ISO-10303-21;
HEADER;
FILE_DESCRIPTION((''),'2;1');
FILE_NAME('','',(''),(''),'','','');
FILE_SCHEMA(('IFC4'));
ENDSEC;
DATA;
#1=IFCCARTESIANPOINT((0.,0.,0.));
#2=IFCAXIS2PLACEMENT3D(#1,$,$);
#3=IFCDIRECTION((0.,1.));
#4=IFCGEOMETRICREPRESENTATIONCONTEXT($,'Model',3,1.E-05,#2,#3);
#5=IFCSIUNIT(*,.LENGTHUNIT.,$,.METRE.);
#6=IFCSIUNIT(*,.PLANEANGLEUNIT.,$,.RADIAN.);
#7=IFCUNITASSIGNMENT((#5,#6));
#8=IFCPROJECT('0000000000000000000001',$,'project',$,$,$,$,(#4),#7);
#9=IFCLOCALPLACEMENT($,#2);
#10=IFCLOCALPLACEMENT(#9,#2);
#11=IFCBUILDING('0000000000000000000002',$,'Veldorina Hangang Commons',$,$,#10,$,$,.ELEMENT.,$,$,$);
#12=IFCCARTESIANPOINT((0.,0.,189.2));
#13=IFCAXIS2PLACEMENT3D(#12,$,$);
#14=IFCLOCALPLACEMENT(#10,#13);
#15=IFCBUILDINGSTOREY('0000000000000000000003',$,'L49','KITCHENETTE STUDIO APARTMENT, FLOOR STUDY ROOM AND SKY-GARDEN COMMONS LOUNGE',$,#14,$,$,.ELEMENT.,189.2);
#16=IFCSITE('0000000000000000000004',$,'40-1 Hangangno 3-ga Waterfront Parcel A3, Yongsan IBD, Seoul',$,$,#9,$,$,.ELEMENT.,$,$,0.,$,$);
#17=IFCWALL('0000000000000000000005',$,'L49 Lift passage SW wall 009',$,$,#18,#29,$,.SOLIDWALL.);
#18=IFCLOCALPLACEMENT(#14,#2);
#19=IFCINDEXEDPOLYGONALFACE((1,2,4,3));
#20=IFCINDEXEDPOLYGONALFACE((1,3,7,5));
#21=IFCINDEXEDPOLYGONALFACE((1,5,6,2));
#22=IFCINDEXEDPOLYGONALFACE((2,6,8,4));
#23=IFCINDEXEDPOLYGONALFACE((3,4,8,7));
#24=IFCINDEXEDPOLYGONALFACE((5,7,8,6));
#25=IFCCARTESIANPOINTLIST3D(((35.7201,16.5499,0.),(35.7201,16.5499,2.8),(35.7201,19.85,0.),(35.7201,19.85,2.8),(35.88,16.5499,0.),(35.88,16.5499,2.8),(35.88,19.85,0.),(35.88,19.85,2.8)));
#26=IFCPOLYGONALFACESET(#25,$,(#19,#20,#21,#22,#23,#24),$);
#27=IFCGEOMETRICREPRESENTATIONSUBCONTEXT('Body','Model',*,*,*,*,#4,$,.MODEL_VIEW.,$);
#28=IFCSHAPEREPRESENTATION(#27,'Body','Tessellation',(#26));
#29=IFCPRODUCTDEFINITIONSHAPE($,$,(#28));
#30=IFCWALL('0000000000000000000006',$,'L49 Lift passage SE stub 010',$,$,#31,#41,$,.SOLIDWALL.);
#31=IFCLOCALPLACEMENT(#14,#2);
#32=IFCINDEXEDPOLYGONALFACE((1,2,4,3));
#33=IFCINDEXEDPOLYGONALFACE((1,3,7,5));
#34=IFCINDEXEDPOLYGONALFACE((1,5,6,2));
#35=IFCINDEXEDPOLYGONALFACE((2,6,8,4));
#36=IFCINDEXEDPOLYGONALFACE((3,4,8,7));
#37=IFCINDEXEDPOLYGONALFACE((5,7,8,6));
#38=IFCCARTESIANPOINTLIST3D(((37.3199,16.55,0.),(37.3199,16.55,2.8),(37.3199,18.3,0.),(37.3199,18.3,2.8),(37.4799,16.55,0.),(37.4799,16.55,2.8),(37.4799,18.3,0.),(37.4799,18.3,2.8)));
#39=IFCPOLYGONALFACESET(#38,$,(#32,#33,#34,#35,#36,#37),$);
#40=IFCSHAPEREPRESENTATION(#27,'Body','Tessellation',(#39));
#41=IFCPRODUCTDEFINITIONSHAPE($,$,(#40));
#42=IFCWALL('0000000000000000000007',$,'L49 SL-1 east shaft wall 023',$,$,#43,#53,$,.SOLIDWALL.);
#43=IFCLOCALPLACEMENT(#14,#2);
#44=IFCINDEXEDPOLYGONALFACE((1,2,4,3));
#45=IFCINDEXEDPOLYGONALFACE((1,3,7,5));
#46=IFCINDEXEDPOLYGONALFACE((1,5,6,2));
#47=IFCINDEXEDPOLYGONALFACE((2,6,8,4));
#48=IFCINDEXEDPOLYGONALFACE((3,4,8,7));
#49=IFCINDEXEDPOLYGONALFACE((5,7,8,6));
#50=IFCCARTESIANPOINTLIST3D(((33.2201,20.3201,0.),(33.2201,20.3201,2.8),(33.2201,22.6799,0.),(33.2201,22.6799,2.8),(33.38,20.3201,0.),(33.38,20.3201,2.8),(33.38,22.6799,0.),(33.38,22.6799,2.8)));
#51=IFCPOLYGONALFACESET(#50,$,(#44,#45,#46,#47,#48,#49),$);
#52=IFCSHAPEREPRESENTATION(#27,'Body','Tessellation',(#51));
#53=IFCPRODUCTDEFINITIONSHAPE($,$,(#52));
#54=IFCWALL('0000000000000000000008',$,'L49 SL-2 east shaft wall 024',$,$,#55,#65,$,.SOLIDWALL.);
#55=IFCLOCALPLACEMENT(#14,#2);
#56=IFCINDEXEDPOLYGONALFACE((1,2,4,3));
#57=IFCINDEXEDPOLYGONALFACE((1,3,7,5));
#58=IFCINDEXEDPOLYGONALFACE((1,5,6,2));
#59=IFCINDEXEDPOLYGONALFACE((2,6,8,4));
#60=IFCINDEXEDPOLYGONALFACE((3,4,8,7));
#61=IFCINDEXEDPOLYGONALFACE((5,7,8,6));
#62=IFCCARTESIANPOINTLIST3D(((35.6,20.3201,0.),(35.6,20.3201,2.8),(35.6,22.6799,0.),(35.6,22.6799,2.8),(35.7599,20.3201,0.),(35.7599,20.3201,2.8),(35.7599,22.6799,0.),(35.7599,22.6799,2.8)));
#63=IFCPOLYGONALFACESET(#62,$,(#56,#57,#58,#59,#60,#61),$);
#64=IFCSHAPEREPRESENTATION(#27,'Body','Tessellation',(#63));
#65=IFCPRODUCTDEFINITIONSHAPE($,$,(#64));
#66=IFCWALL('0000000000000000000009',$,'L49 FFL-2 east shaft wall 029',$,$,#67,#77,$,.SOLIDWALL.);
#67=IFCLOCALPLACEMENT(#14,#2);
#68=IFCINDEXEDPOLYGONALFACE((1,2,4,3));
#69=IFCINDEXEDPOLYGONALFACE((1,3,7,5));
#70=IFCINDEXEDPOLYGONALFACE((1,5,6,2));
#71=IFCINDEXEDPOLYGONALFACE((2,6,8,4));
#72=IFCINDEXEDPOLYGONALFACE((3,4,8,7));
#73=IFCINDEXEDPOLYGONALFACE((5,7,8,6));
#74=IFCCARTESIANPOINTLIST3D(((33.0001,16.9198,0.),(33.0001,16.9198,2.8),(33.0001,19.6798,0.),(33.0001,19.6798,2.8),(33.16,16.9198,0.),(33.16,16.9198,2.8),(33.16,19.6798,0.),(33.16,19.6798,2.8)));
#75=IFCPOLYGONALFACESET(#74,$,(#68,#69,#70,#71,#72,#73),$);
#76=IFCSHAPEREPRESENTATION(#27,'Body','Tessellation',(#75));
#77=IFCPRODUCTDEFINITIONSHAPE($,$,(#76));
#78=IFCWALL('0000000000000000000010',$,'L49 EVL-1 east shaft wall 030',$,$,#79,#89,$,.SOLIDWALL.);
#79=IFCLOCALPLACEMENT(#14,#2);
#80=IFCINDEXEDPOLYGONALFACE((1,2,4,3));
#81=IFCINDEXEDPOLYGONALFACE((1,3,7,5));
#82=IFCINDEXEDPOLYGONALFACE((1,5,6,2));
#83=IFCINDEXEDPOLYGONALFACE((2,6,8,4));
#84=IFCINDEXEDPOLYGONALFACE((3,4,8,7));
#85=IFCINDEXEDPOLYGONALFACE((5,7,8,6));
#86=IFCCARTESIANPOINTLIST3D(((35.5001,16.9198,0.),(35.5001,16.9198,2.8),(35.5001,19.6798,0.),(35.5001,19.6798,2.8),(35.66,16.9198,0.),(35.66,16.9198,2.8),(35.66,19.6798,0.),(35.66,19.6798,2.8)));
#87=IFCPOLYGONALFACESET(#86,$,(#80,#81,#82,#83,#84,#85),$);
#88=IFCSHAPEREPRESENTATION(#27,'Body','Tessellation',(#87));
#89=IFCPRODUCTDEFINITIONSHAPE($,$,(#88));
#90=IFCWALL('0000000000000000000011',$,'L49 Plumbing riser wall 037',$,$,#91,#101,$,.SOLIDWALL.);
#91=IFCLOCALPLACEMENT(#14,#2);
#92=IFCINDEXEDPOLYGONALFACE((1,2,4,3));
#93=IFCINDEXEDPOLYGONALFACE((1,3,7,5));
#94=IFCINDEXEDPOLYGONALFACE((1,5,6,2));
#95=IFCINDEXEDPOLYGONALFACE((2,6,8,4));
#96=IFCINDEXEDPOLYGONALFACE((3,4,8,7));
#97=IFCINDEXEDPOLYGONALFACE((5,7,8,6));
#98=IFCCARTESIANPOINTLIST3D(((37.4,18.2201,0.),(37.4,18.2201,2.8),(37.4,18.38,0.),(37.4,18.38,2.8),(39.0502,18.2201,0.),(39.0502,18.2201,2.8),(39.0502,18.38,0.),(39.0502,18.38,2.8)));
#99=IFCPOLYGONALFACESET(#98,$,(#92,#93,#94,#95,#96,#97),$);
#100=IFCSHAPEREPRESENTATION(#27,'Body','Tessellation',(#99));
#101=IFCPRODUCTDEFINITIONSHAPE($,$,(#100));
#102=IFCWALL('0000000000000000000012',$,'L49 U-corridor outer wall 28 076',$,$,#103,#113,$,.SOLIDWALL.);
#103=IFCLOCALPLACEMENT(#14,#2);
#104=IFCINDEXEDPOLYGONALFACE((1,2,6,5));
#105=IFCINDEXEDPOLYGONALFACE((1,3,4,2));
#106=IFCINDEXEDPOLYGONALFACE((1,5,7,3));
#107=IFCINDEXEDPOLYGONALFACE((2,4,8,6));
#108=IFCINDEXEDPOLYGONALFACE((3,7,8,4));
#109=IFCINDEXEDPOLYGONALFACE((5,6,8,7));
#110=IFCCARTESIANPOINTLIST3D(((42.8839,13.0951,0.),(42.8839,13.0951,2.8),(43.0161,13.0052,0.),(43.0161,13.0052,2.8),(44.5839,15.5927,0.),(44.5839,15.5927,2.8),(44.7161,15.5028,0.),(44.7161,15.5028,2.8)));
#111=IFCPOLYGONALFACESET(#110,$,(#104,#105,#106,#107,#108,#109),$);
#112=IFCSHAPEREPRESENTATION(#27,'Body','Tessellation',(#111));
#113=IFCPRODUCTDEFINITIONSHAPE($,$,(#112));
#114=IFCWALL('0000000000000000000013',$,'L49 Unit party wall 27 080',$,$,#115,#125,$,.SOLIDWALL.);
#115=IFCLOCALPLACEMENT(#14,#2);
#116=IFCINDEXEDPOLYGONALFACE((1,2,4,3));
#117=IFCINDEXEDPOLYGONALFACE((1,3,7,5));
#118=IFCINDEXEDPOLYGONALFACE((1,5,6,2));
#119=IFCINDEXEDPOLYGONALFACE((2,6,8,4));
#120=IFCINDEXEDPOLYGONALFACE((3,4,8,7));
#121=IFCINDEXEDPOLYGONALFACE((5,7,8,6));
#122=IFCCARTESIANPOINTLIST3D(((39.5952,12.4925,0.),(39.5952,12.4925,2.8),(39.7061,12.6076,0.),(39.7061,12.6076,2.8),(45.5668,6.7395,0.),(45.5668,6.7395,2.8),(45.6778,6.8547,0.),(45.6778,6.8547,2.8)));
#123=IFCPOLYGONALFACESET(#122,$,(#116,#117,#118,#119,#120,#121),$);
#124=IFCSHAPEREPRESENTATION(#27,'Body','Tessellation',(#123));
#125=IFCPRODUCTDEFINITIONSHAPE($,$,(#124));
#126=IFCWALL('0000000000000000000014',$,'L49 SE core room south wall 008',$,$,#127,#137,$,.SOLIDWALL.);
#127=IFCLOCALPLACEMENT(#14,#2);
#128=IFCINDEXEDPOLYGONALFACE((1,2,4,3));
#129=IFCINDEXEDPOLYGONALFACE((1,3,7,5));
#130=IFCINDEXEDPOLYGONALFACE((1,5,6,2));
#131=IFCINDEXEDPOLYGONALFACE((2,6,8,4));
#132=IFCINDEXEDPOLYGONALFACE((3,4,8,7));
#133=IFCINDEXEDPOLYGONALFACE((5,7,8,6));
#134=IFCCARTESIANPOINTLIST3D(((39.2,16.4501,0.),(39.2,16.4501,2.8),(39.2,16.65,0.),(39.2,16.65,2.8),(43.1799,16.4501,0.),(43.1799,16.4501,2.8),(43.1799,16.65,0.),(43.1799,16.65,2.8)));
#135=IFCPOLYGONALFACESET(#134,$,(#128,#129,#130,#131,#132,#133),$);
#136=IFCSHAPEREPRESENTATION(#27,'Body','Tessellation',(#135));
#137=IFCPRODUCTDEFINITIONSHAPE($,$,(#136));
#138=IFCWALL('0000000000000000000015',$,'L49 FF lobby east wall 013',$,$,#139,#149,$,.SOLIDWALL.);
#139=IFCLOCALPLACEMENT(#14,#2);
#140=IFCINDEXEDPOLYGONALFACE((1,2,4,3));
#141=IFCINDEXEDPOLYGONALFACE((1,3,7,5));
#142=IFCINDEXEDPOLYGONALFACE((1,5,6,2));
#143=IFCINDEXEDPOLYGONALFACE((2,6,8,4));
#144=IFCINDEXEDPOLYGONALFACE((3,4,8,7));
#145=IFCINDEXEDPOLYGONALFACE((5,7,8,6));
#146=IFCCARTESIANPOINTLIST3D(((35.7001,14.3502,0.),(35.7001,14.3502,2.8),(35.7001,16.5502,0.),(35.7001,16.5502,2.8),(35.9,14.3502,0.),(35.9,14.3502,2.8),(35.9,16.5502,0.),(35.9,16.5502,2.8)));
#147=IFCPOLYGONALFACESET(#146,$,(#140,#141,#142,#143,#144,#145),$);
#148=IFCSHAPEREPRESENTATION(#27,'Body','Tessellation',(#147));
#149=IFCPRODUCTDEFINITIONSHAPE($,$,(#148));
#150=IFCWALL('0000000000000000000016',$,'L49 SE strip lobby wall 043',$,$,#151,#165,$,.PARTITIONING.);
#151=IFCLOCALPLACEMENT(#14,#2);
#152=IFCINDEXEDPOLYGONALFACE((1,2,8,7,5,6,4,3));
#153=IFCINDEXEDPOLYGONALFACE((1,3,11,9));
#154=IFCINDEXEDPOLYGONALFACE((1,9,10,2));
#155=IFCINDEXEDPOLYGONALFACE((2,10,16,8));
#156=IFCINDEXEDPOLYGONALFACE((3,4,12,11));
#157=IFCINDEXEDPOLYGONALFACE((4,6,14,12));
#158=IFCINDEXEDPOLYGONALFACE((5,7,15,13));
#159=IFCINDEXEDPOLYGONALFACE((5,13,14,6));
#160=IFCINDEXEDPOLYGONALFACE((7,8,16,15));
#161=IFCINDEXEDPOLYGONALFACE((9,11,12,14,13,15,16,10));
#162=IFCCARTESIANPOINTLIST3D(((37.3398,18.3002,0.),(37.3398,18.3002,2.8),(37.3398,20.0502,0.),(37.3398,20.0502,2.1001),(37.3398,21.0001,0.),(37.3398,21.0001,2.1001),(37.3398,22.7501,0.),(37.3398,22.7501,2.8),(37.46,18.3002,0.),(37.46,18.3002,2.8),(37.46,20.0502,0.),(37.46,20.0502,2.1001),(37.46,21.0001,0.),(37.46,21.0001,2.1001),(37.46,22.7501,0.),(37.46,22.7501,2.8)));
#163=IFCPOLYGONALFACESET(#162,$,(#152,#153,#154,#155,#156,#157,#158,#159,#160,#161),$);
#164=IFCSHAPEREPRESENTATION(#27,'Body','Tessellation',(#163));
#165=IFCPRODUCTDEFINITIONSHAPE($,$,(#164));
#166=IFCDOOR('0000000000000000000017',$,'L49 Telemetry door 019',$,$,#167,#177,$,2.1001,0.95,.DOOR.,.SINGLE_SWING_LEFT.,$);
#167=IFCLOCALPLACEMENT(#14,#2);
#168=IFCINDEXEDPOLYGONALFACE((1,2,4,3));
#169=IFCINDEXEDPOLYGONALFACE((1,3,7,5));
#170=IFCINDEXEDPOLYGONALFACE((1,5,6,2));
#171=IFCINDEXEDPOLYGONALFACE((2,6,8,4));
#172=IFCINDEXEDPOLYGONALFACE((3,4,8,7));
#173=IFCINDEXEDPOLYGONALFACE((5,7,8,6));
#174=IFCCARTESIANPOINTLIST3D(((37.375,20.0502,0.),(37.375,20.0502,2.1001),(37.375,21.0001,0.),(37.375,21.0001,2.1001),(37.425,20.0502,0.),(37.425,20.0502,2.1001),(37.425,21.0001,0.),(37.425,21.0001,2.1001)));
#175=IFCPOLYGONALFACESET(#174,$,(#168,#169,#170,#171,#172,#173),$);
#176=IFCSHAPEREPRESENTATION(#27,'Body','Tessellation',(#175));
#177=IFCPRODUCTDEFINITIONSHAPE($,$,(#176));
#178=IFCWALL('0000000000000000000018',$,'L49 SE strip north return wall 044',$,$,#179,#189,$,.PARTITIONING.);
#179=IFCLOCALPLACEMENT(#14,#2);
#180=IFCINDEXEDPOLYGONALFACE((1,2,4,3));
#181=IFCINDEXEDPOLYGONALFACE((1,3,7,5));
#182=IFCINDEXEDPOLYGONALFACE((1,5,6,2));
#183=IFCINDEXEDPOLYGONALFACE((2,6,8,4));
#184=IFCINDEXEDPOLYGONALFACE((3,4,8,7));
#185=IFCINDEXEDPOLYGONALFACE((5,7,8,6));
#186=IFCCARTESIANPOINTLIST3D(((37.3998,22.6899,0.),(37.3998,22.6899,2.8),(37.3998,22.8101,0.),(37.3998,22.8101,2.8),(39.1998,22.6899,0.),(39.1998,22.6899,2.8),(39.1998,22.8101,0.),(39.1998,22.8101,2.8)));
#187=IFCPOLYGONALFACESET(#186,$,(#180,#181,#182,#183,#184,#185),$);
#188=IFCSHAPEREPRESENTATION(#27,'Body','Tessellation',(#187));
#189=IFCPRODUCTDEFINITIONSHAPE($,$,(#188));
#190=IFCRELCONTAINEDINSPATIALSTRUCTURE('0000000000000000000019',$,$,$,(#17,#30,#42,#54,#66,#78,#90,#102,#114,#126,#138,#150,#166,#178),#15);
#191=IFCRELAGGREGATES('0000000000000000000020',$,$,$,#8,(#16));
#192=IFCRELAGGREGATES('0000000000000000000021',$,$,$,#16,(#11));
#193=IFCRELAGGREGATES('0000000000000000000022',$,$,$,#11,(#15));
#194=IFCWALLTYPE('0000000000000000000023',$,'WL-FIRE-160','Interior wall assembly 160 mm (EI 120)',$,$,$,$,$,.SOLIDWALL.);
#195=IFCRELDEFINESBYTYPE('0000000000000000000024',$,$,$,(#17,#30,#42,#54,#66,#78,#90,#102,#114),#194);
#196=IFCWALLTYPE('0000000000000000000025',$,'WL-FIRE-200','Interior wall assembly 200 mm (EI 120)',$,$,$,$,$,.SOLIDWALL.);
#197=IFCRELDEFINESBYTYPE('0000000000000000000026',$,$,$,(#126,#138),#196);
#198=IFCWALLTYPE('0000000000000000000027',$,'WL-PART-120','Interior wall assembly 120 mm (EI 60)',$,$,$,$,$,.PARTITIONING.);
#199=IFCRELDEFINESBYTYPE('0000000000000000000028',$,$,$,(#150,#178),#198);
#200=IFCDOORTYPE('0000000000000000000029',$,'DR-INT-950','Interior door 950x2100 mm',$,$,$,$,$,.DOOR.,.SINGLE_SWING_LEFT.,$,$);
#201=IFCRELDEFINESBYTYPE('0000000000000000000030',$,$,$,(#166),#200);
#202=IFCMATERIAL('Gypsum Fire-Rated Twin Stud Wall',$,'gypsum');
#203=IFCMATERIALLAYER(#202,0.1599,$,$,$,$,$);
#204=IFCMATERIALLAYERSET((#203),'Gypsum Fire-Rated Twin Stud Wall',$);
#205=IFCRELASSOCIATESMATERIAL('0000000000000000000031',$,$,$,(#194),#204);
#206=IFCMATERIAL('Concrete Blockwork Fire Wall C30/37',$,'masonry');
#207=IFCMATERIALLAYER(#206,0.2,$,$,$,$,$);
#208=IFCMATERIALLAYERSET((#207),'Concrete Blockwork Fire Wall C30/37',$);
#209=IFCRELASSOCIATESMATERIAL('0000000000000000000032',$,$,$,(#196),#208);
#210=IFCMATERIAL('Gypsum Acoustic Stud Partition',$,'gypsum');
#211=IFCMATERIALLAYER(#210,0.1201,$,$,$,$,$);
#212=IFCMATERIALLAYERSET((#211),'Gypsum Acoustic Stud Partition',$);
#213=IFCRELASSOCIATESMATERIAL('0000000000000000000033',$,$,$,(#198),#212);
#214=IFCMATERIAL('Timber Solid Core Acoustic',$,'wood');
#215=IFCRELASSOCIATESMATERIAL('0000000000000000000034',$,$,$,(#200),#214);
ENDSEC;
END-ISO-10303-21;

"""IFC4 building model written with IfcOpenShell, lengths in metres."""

from ifc_helpers import new_model, si_unit, direction, frame, frame_2d, origin, place, context, subcontext, project, spatial, rectangle, extrude, material, layer, layer_set, type_object, element, fill, save


model = new_model("IFC4")

# Units and contexts
model_context = context("Model", 3, precision=1e-05, world=origin(), true_north=direction((0.0, 1.0)))
body_context = subcontext(model_context, "Body", "Model", "MODEL_VIEW")
ifc_project = project(units=[si_unit("LENGTHUNIT", "METRE"), si_unit("PLANEANGLEUNIT", "RADIAN")], contexts=[model_context])

# Site, building, storey
site_placement = place(None, origin())
site = spatial("IfcSite", under=ifc_project, at=site_placement, Name="40-1 Hangangno 3-ga Waterfront Parcel A3, Yongsan IBD, Seoul", CompositionType="ELEMENT", RefElevation=0.0)
building_placement = place(site_placement, origin())
building = spatial("IfcBuilding", under=site, at=building_placement, Name="Veldorina Hangang Commons", CompositionType="ELEMENT")
storey_placement = place(building_placement, frame((0.0, 0.0, 189.2)))
storey = spatial("IfcBuildingStorey", under=building, at=storey_placement, Name="L49", Description="KITCHENETTE STUDIO APARTMENT, FLOOR STUDY ROOM AND SKY-GARDEN COMMONS LOUNGE", CompositionType="ELEMENT", Elevation=189.2)

# Walls
ifc_material_1 = material(Name="Gypsum Fire-Rated Twin Stud Wall", Category="gypsum")
ifc_layer_1 = layer(ifc_material_1, 0.1599)
ifc_layer_set_1 = layer_set([ifc_layer_1], Name="Gypsum Fire-Rated Twin Stud Wall")
wall_type_1 = type_object("IfcWallType", Name="WL-FIRE-160", Description="Interior wall assembly 160 mm (EI 120)", PredefinedType="SOLIDWALL", material=ifc_layer_set_1)
wall_1_placement = place(storey_placement, frame((35.8, 16.55, 0.0), z_axis=(0.0, 0.0, 1.0), x_axis=(0.0, 1.0, 0.0)))
element("IfcWall", 1, at=wall_1_placement, inside=storey, type_object=wall_type_1, Name="L49 Lift passage SW wall 009", PredefinedType="SOLIDWALL", context=body_context, shape_type="SweptSolid", body=[
    extrude(rectangle(XDim=3.3, YDim=0.1599, at=frame_2d((1.6499, 0.0))), origin(), (0.0, 0.0, 1.0), 2.8),
])
wall_2_placement = place(storey_placement, frame((37.3999, 16.55, 0.0), z_axis=(0.0, 0.0, 1.0), x_axis=(0.0, 1.0, 0.0)))
element("IfcWall", 2, at=wall_2_placement, inside=storey, type_object=wall_type_1, Name="L49 Lift passage SE stub 010", PredefinedType="SOLIDWALL", context=body_context, shape_type="SweptSolid", body=[
    extrude(rectangle(XDim=1.75, YDim=0.1599, at=frame_2d((0.875, 0.0))), origin(), (0.0, 0.0, 1.0), 2.8),
])
for number, where, z_axis, x_axis, name in (
    (3, (33.3, 20.3201, 0.0), (0.0, 0.0, 1.0), (0.0, 1.0, 0.0), "L49 SL-1 east shaft wall 023"),
    (4, (35.6799, 20.3201, 0.0), (0.0, 0.0, 1.0), (0.0, 1.0, 0.0), "L49 SL-2 east shaft wall 024"),
):
    element("IfcWall", number, at=place(storey_placement, frame(where, z_axis=z_axis, x_axis=x_axis)), inside=storey, type_object=wall_type_1, Name=name, PredefinedType="SOLIDWALL", context=body_context, shape_type="SweptSolid", body=[
        extrude(rectangle(XDim=2.3599, YDim=0.1599, at=frame_2d((1.1799, 0.0))), origin(), (0.0, 0.0, 1.0), 2.8),
    ])
for number, where, z_axis, x_axis, name in (
    (5, (33.0801, 16.9199, 0.0), (0.0, 0.0, 1.0), (0.0, 1.0, 0.0), "L49 FFL-2 east shaft wall 029"),
    (6, (35.5801, 16.9199, 0.0), (0.0, 0.0, 1.0), (0.0, 1.0, 0.0), "L49 EVL-1 east shaft wall 030"),
):
    element("IfcWall", number, at=place(storey_placement, frame(where, z_axis=z_axis, x_axis=x_axis)), inside=storey, type_object=wall_type_1, Name=name, PredefinedType="SOLIDWALL", context=body_context, shape_type="SweptSolid", body=[
        extrude(rectangle(XDim=2.76, YDim=0.1599, at=frame_2d((1.3799, 0.0))), origin(), (0.0, 0.0, 1.0), 2.8),
    ])
wall_3_placement = place(storey_placement, frame((37.3999, 18.3, 0.0), z_axis=(0.0, 0.0, 1.0), x_axis=(1.0, 0.0, 0.0)))
element("IfcWall", 7, at=wall_3_placement, inside=storey, type_object=wall_type_1, Name="L49 Plumbing riser wall 037", PredefinedType="SOLIDWALL", context=body_context, shape_type="SweptSolid", body=[
    extrude(rectangle(XDim=1.6501, YDim=0.1599, at=frame_2d((0.8252, 0.0))), origin(), (0.0, 0.0, 1.0), 2.8),
])
wall_4_placement = place(storey_placement, frame((42.95, 13.05, 0.0), z_axis=(0.0, 0.0, 1.0), x_axis=(0.562675, 0.826678, 0.0)))
element("IfcWall", 8, at=wall_4_placement, inside=storey, type_object=wall_type_1, Name="L49 U-corridor outer wall 28 076", PredefinedType="SOLIDWALL", context=body_context, shape_type="SweptSolid", body=[
    extrude(rectangle(XDim=3.0212, YDim=0.1599, at=frame_2d((1.5107, 0.0))), origin(), (0.0, 0.0, 1.0), 2.8),
])
wall_5_placement = place(storey_placement, frame((39.6506, 12.55, 0.0), z_axis=(0.0, 0.0, 1.0), x_axis=(0.720174, -0.693793, 0.0)))
element("IfcWall", 9, at=wall_5_placement, inside=storey, type_object=wall_type_1, Name="L49 Unit party wall 27 080", PredefinedType="SOLIDWALL", context=body_context, shape_type="SweptSolid", body=[
    extrude(rectangle(XDim=8.292, YDim=0.1599, at=frame_2d((4.146, 0.0))), origin(), (0.0, 0.0, 1.0), 2.8),
])
ifc_material_2 = material(Name="Concrete Blockwork Fire Wall C30/37", Category="masonry")
ifc_layer_2 = layer(ifc_material_2, 0.2)
ifc_layer_set_2 = layer_set([ifc_layer_2], Name="Concrete Blockwork Fire Wall C30/37")
wall_type_2 = type_object("IfcWallType", Name="WL-FIRE-200", Description="Interior wall assembly 200 mm (EI 120)", PredefinedType="SOLIDWALL", material=ifc_layer_set_2)
wall_6_placement = place(storey_placement, frame((39.2, 16.55, 0.0), z_axis=(0.0, 0.0, 1.0), x_axis=(1.0, 0.0, 0.0)))
element("IfcWall", 10, at=wall_6_placement, inside=storey, type_object=wall_type_2, Name="L49 SE core room south wall 008", PredefinedType="SOLIDWALL", context=body_context, shape_type="SweptSolid", body=[
    extrude(rectangle(XDim=3.98, YDim=0.2, at=frame_2d((1.99, 0.0))), origin(), (0.0, 0.0, 1.0), 2.8),
])
wall_7_placement = place(storey_placement, frame((35.8, 14.3501, 0.0), z_axis=(0.0, 0.0, 1.0), x_axis=(0.0, 1.0, 0.0)))
element("IfcWall", 11, at=wall_7_placement, inside=storey, type_object=wall_type_2, Name="L49 FF lobby east wall 013", PredefinedType="SOLIDWALL", context=body_context, shape_type="SweptSolid", body=[
    extrude(rectangle(XDim=2.2, YDim=0.2, at=frame_2d((1.1001, 0.0))), origin(), (0.0, 0.0, 1.0), 2.8),
])

# Wall, opening, door
ifc_material_3 = material(Name="Gypsum Acoustic Stud Partition", Category="gypsum")
ifc_layer_3 = layer(ifc_material_3, 0.1201)
ifc_layer_set_3 = layer_set([ifc_layer_3], Name="Gypsum Acoustic Stud Partition")
wall_type_3 = type_object("IfcWallType", Name="WL-PART-120", Description="Interior wall assembly 120 mm (EI 60)", PredefinedType="PARTITIONING", material=ifc_layer_set_3)
wall_8_placement = place(storey_placement, frame((37.3999, 18.3, 0.0), z_axis=(0.0, 0.0, 1.0), x_axis=(0.0, 1.0, 0.0)))
wall_8 = element("IfcWall", 12, at=wall_8_placement, inside=storey, type_object=wall_type_3, Name="L49 SE strip lobby wall 043", PredefinedType="PARTITIONING", context=body_context, shape_type="SweptSolid", body=[
    extrude(rectangle(XDim=4.45, YDim=0.1201, at=frame_2d((2.2251, 0.0))), origin(), (0.0, 0.0, 1.0), 2.8),
])
opening_1_placement = place(wall_8_placement, frame((1.75, 0.0, 0.0)))
opening_1 = element("IfcOpeningElement", 13, at=opening_1_placement, cuts=wall_8, PredefinedType="OPENING", context=body_context, shape_type="SweptSolid", body=[
    extrude(rectangle(XDim=0.95, YDim=2.1001, at=frame_2d((0.4751, 1.05))), frame((0.0, 0.0701, 0.0), z_axis=(0.0, -1.0, 0.0), x_axis=(1.0, 0.0, 0.0)), (0.0, 0.0, 1.0), 0.1401),
])
ifc_material_4 = material(Name="Timber Solid Core Acoustic", Category="wood")
door_type_1 = type_object("IfcDoorType", Name="DR-INT-950", Description="Interior door 950x2100 mm", OperationType="SINGLE_SWING_LEFT", PredefinedType="DOOR", material=ifc_material_4)
door_1_placement = place(opening_1_placement, origin())
door_1 = element("IfcDoor", 14, at=door_1_placement, inside=storey, type_object=door_type_1, Name="L49 Telemetry door 019", OperationType="SINGLE_SWING_LEFT", OverallHeight=2.1001, OverallWidth=0.95, PredefinedType="DOOR", context=body_context, shape_type="SweptSolid", body=[
    extrude(rectangle(XDim=0.95, YDim=2.1001, at=frame_2d((0.4751, 1.05))), frame((0.0, 0.0249, 0.0), z_axis=(0.0, -1.0, 0.0), x_axis=(1.0, 0.0, 0.0)), (0.0, 0.0, 1.0), 0.05),
])
fill(opening_1, door_1)

# Wall
wall_9_placement = place(storey_placement, frame((37.3999, 22.75, 0.0), z_axis=(0.0, 0.0, 1.0), x_axis=(1.0, 0.0, 0.0)))
element("IfcWall", 15, at=wall_9_placement, inside=storey, type_object=wall_type_3, Name="L49 SE strip north return wall 044", PredefinedType="PARTITIONING", context=body_context, shape_type="SweptSolid", body=[
    extrude(rectangle(XDim=1.8, YDim=0.1201, at=frame_2d((0.8999, 0.0))), origin(), (0.0, 0.0, 1.0), 2.8),
])

save(model, "model.ifc")
